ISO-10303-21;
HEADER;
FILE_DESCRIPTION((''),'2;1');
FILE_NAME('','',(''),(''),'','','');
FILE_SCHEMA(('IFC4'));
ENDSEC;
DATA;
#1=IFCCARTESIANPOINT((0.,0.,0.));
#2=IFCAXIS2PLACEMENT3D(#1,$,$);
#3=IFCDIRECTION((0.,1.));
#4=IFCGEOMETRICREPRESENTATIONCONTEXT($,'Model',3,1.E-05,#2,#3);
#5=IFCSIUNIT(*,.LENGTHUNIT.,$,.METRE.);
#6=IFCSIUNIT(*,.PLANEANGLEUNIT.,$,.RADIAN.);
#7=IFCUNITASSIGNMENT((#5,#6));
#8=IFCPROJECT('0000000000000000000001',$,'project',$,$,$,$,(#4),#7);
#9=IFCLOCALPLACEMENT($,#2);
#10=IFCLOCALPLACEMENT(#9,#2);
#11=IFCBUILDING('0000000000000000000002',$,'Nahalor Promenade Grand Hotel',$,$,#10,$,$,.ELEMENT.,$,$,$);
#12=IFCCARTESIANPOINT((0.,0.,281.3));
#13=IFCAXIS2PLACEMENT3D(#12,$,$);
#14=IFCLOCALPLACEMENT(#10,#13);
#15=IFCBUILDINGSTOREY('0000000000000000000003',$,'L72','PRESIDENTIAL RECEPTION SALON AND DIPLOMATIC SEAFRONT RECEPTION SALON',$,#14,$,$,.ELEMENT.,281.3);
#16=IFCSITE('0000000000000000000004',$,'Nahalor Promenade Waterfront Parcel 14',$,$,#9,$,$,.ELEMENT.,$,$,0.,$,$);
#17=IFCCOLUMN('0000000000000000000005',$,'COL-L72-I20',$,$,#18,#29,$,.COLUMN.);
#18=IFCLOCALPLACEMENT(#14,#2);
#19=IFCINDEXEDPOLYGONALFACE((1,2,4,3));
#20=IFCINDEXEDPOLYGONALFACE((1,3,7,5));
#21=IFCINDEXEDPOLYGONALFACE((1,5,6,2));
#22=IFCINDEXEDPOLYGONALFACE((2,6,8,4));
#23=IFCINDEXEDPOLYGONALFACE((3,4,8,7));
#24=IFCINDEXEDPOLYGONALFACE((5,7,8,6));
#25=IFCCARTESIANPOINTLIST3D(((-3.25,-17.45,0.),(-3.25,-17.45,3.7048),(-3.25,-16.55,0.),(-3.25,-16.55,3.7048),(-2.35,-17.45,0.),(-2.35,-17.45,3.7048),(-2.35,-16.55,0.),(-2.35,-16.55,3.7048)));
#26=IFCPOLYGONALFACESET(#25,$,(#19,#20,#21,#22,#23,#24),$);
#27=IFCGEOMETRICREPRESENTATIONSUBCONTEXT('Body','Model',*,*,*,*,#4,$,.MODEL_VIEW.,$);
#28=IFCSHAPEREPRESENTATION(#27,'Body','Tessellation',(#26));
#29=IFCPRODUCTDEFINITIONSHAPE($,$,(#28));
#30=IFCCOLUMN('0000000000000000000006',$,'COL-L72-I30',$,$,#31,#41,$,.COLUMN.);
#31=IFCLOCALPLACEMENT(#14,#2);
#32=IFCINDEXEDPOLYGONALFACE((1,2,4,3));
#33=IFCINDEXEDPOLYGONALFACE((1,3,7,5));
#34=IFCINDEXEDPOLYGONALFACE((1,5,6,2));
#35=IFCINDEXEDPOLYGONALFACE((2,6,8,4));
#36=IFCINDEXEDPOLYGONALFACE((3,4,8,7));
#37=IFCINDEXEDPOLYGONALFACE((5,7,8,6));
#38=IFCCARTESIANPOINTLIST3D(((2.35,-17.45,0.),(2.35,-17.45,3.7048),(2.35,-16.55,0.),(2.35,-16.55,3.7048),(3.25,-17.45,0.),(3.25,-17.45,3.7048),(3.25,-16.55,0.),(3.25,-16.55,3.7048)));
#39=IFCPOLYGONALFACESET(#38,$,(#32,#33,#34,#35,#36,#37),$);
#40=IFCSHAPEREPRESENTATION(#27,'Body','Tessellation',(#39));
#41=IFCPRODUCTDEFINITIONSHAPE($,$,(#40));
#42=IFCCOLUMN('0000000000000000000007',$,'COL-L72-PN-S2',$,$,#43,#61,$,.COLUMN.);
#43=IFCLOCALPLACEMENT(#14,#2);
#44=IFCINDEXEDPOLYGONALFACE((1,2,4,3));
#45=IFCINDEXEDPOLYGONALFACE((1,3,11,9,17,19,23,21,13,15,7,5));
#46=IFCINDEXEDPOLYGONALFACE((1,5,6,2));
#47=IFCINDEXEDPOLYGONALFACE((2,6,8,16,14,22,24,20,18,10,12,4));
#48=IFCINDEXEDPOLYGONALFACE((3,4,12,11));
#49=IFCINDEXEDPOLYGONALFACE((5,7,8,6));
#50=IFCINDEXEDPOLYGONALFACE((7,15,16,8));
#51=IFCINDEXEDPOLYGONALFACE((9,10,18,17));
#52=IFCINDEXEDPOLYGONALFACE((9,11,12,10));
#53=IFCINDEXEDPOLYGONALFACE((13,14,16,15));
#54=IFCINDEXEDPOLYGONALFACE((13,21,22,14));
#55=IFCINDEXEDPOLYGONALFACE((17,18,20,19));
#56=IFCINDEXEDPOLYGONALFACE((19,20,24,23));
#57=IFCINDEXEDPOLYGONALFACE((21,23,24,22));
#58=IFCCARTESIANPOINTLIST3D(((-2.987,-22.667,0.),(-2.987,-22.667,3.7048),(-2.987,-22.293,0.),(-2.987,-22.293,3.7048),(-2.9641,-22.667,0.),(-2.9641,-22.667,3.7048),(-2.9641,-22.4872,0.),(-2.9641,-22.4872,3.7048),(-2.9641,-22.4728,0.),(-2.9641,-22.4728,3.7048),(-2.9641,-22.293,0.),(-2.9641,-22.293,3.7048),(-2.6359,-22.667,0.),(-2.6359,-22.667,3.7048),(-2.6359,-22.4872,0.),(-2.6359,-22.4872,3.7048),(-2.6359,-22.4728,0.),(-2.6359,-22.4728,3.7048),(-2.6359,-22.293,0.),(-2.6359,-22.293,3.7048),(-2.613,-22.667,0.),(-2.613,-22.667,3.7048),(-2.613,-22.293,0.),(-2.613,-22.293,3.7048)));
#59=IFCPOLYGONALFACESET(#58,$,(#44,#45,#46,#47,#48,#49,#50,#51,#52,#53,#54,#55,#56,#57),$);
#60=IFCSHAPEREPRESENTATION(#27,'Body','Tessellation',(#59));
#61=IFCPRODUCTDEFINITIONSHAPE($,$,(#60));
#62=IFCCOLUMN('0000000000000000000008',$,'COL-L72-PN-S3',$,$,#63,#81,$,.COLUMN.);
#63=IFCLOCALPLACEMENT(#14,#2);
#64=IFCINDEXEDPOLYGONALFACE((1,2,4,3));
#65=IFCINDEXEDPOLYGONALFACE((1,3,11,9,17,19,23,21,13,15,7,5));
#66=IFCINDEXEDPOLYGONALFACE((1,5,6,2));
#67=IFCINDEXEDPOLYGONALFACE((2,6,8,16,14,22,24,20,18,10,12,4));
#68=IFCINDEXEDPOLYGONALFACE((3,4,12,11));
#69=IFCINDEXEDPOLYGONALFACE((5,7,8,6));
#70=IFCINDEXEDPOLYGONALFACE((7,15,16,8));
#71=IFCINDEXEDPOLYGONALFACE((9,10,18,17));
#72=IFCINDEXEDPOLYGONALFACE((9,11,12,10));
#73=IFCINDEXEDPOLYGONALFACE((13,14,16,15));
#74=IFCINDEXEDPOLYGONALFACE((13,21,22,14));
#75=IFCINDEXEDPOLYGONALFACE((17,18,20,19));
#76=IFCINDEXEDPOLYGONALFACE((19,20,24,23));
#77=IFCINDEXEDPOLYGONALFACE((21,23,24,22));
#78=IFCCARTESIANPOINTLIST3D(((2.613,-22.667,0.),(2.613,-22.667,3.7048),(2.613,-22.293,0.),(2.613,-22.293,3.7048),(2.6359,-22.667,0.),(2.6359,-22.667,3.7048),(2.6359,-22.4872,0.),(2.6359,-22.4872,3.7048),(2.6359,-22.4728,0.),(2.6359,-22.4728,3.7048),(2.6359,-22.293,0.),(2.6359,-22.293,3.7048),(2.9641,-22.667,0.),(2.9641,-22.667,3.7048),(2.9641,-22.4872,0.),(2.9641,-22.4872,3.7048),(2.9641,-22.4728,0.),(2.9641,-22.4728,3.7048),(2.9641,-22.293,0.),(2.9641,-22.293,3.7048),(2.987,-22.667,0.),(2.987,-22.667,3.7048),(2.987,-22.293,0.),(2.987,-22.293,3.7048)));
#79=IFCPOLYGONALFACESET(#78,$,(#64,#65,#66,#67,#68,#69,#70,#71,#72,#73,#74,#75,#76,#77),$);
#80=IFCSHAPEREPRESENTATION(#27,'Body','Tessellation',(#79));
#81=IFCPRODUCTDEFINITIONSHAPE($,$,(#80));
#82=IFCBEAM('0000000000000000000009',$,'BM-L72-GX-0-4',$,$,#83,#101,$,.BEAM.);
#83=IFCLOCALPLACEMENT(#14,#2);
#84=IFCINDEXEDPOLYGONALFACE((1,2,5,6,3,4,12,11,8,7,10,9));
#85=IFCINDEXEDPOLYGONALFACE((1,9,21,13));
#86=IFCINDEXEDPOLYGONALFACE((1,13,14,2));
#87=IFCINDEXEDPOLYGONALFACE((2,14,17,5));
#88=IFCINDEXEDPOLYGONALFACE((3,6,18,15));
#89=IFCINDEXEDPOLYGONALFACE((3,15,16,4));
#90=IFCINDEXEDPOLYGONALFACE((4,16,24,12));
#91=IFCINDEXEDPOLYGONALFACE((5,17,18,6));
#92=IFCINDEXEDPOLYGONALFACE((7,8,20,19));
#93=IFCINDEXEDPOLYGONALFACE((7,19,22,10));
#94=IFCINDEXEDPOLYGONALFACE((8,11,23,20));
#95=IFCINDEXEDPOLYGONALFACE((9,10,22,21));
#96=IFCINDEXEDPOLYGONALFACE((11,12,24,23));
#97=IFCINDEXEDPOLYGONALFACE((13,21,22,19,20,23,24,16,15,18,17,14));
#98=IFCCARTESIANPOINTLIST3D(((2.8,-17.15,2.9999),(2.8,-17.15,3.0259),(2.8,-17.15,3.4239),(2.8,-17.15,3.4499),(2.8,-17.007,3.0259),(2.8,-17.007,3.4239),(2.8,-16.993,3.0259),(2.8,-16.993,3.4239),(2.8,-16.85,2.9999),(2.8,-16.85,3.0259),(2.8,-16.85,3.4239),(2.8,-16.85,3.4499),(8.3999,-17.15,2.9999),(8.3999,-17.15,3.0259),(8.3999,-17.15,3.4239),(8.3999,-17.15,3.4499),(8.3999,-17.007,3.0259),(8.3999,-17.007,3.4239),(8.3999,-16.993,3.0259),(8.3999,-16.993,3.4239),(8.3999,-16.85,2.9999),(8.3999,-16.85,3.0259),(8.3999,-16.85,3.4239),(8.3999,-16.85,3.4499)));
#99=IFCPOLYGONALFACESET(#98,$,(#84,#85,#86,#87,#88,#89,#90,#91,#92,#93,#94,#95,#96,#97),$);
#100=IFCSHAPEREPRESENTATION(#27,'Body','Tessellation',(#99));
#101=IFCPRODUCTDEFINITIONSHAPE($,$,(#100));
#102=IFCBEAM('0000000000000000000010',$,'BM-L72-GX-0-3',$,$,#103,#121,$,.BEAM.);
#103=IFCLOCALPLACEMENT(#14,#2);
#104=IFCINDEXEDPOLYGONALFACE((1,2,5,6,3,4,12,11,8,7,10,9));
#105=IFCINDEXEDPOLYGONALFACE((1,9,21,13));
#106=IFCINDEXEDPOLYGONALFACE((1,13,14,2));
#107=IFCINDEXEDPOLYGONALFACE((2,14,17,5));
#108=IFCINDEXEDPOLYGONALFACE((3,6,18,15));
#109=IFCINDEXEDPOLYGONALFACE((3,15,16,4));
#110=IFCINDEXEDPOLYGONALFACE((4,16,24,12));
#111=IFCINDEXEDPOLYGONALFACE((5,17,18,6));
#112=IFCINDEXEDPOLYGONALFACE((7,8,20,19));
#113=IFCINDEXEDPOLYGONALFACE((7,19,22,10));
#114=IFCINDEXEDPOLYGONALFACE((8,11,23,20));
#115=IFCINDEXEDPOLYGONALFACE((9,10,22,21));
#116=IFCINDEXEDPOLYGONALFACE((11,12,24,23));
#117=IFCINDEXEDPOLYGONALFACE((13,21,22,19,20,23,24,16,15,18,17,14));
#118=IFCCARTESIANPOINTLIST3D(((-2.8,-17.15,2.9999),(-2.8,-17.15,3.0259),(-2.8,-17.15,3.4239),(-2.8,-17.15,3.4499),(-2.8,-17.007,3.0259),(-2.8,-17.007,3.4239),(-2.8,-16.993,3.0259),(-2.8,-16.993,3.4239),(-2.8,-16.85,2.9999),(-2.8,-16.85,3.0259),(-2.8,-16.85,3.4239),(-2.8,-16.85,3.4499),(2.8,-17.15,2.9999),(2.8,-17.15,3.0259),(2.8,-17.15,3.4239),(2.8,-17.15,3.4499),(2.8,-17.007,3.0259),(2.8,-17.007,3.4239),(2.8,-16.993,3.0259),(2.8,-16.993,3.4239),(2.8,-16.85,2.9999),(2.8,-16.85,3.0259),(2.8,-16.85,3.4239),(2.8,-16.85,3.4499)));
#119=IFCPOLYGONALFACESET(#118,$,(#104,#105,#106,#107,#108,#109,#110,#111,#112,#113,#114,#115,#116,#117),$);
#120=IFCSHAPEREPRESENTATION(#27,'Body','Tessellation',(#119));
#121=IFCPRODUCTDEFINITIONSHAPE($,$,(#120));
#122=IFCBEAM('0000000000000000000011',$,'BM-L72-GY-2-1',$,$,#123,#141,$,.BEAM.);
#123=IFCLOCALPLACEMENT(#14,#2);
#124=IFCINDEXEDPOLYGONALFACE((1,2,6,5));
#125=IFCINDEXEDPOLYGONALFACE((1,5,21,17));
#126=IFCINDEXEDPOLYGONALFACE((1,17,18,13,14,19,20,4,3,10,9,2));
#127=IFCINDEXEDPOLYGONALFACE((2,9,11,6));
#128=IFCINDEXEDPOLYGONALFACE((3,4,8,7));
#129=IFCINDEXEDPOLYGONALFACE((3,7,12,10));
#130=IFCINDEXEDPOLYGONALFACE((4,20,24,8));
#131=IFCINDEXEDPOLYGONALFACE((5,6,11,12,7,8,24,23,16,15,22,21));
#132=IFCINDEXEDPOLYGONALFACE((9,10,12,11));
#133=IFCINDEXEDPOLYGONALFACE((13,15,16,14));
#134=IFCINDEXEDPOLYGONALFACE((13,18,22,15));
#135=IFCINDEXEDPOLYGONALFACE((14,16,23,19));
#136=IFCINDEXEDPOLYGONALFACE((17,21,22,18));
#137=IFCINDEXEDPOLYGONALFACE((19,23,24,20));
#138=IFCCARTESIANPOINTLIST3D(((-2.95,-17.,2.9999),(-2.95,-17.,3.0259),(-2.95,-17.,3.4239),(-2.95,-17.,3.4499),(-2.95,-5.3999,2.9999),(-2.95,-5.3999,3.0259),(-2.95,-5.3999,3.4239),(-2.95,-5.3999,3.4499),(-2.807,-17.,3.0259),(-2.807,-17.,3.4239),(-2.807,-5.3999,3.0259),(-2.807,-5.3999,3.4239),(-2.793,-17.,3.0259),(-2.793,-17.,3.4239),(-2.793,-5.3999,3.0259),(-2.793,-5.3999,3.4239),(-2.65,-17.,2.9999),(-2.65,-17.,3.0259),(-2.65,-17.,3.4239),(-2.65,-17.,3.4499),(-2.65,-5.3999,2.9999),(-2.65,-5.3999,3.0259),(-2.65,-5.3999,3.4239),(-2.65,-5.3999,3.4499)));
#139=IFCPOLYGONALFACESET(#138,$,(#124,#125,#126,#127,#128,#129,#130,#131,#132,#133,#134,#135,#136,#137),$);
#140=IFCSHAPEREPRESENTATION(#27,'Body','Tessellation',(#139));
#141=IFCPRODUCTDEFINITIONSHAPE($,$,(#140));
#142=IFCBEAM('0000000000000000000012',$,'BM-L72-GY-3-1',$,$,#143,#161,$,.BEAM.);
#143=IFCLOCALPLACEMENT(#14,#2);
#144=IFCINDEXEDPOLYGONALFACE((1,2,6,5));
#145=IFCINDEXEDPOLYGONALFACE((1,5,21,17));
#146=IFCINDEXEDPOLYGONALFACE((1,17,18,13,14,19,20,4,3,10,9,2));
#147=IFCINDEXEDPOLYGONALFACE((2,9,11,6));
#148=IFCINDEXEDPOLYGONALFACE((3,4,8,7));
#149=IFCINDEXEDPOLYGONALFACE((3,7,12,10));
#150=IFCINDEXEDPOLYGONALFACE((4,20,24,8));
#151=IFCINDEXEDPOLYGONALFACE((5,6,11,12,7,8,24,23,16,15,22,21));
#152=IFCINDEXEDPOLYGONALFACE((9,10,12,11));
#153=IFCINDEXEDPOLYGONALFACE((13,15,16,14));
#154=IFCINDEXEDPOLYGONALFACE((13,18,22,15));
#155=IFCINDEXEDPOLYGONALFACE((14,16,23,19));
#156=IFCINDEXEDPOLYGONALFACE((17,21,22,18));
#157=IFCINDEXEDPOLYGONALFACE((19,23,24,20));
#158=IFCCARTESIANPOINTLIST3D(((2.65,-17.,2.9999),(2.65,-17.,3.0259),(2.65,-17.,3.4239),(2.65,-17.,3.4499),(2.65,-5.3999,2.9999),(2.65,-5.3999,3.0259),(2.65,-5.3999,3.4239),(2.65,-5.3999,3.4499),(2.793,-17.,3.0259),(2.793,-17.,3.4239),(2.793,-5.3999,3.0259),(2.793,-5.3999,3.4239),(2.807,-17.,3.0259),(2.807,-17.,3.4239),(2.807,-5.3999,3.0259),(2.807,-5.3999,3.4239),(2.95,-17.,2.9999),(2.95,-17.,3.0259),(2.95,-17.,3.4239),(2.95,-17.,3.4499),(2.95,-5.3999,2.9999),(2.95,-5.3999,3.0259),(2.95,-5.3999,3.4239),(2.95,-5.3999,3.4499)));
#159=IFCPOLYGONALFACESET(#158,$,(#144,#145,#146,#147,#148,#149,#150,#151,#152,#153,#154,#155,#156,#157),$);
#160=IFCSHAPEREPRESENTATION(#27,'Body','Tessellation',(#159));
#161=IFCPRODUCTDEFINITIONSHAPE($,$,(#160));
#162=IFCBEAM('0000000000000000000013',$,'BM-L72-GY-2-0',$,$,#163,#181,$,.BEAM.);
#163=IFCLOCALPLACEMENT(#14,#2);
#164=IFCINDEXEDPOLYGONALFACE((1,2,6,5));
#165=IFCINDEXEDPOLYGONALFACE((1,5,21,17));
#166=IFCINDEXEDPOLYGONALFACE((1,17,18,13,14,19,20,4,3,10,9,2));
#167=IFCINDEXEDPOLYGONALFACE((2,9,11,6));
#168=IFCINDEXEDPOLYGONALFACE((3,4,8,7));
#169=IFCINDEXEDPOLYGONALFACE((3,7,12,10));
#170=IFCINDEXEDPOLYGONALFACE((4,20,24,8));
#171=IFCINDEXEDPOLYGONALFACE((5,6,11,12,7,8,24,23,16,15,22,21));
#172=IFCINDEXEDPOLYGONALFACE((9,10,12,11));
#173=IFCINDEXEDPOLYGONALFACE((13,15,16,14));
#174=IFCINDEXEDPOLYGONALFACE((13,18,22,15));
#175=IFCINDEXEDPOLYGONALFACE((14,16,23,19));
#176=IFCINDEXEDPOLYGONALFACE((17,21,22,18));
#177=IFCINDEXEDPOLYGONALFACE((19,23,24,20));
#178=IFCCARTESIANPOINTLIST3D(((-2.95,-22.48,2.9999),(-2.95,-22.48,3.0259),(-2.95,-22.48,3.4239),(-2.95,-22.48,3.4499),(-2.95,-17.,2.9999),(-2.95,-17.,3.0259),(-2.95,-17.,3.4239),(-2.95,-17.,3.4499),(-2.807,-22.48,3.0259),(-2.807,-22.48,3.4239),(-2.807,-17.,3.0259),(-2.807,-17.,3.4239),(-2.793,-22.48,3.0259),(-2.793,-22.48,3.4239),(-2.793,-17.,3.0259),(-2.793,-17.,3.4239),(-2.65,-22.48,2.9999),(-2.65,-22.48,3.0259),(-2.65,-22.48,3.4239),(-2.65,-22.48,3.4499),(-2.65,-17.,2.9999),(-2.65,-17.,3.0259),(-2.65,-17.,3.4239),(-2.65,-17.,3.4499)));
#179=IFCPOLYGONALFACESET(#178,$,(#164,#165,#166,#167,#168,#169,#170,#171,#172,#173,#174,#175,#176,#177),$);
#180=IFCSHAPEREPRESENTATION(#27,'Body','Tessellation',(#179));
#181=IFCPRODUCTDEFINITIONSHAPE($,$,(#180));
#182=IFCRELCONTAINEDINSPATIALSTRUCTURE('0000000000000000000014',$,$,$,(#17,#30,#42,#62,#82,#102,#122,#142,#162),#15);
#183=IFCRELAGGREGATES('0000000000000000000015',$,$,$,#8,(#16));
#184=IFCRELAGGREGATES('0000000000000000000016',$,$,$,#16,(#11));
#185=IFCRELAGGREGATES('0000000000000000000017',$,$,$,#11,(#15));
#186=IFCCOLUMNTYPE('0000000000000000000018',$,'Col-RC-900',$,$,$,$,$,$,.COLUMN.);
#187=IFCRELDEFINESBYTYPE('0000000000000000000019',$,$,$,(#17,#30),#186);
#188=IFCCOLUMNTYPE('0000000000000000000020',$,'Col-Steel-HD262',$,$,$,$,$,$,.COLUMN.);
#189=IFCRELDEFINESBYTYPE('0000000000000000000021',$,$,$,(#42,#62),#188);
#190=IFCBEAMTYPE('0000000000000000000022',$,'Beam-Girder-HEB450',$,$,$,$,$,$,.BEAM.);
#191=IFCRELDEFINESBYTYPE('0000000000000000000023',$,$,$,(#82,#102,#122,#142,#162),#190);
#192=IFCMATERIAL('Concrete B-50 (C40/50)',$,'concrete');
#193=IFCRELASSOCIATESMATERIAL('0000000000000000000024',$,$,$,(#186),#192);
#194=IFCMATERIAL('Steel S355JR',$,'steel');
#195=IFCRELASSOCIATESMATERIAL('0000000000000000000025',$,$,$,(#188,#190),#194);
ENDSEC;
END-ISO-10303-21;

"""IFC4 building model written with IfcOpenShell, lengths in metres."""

from ifc_helpers import new_model, si_unit, direction, frame, origin, origin_2d, place, context, subcontext, project, spatial, rectangle, i_section, extrude, source, transform, mapped, material, material_profile, profile_set, type_object, element, save


model = new_model("IFC4")

# Units and contexts
model_context = context("Model", 3, precision=1e-05, world=origin(), true_north=direction((0.0, 1.0)))
body_context = subcontext(model_context, "Body", "Model", "MODEL_VIEW")
ifc_project = project(units=[si_unit("LENGTHUNIT", "METRE"), si_unit("PLANEANGLEUNIT", "RADIAN")], contexts=[model_context])

# Site, building, storey
site_placement = place(None, origin())
site = spatial("IfcSite", under=ifc_project, at=site_placement, Name="Nahalor Promenade Waterfront Parcel 14", CompositionType="ELEMENT", RefElevation=0.0)
building_placement = place(site_placement, origin())
building = spatial("IfcBuilding", under=site, at=building_placement, Name="Nahalor Promenade Grand Hotel", CompositionType="ELEMENT")
storey_placement = place(building_placement, frame((0.0, 0.0, 281.3)))
storey = spatial("IfcBuildingStorey", under=building, at=storey_placement, Name="L72", Description="PRESIDENTIAL RECEPTION SALON AND DIPLOMATIC SEAFRONT RECEPTION SALON", CompositionType="ELEMENT", Elevation=281.3)

# Columns
ifc_material_1 = material(Name="Concrete B-50 (C40/50)", Category="concrete")
ifc_material_profile_1 = material_profile(ifc_material_1, rectangle(XDim=0.9, YDim=0.9, at=origin_2d()), Name="RC 900x900")
ifc_profile_set_1 = profile_set([ifc_material_profile_1], Name="Concrete B-50 (C40/50)")
column_type_1 = type_object("IfcColumnType", Name="Col-RC-900", PredefinedType="COLUMN", material=ifc_profile_set_1)
shared_shape_1 = source(origin(), body_context, "Body", "SweptSolid", [
    extrude(rectangle(XDim=0.9, YDim=0.9, at=origin_2d()), origin(), (0.0, 0.0, 1.0), 3.7048),
])
for number, where, z_axis, x_axis, name in (
    (1, (-2.8, -17.0, 0.0), (0.0, 0.0, 1.0), (1.0, 0.0, 0.0), "COL-L72-I20"),
    (2, (2.8, -17.0, 0.0), (0.0, 0.0, 1.0), (1.0, 0.0, 0.0), "COL-L72-I30"),
):
    element("IfcColumn", number, at=place(storey_placement, frame(where, z_axis=z_axis, x_axis=x_axis)), inside=storey, type_object=column_type_1, Name=name, PredefinedType="COLUMN", context=body_context, shape_type="MappedRepresentation", body=[
        mapped(shared_shape_1, transform((0.0, 0.0, 0.0), scale=1.0)),
    ])
ifc_material_2 = material(Name="Steel S355JR", Category="steel")
ifc_material_profile_2 = material_profile(ifc_material_2, i_section(OverallWidth=0.374, OverallDepth=0.374, WebThickness=0.0144, FlangeThickness=0.0229, at=origin_2d()), Name="HD 360x262")
ifc_profile_set_2 = profile_set([ifc_material_profile_2], Name="Steel S355JR")
column_type_2 = type_object("IfcColumnType", Name="Col-Steel-HD262", PredefinedType="COLUMN", material=ifc_profile_set_2)
shared_shape_2 = source(origin(), body_context, "Body", "SweptSolid", [
    extrude(i_section(OverallWidth=0.374, OverallDepth=0.374, WebThickness=0.0144, FlangeThickness=0.0229, at=origin_2d()), origin(), (0.0, 0.0, 1.0), 3.7048),
])
for number, where, z_axis, x_axis, name in (
    (3, (-2.8, -22.48, 0.0), (0.0, 0.0, 1.0), (0.0, 1.0, 0.0), "COL-L72-PN-S2"),
    (4, (2.8, -22.48, 0.0), (0.0, 0.0, 1.0), (0.0, 1.0, 0.0), "COL-L72-PN-S3"),
):
    element("IfcColumn", number, at=place(storey_placement, frame(where, z_axis=z_axis, x_axis=x_axis)), inside=storey, type_object=column_type_2, Name=name, PredefinedType="COLUMN", context=body_context, shape_type="MappedRepresentation", body=[
        mapped(shared_shape_2, transform((0.0, 0.0, 0.0), scale=1.0)),
    ])

# Beams
ifc_material_profile_3 = material_profile(ifc_material_2, i_section(OverallWidth=0.3, OverallDepth=0.45, WebThickness=0.014, FlangeThickness=0.026, at=origin_2d()), Name="HEB 450")
ifc_profile_set_3 = profile_set([ifc_material_profile_3], Name="Steel S355JR")
beam_type_1 = type_object("IfcBeamType", Name="Beam-Girder-HEB450", PredefinedType="BEAM", material=ifc_profile_set_3)
shared_shape_3 = source(origin(), body_context, "Body", "SweptSolid", [
    extrude(i_section(OverallWidth=0.3, OverallDepth=0.45, WebThickness=0.014, FlangeThickness=0.026, at=origin_2d()), origin(), (0.0, 0.0, 1.0), 5.5999),
])
beam_1_placement = place(storey_placement, frame((2.8, -17.0, 3.2249), z_axis=(1.0, 0.0, 0.0), x_axis=(0.0, 1.0, 0.0)))
element("IfcBeam", 5, at=beam_1_placement, inside=storey, type_object=beam_type_1, Name="BM-L72-GX-0-4", PredefinedType="BEAM", context=body_context, shape_type="MappedRepresentation", body=[
    mapped(shared_shape_3, transform((0.0, 0.0, 0.0), scale=1.0)),
])
shared_shape_4 = source(origin(), body_context, "Body", "SweptSolid", [
    extrude(i_section(OverallWidth=0.3, OverallDepth=0.45, WebThickness=0.014, FlangeThickness=0.026, at=origin_2d()), origin(), (0.0, 0.0, 1.0), 5.6001),
])
beam_2_placement = place(storey_placement, frame((-2.8, -17.0, 3.2249), z_axis=(1.0, 0.0, 0.0), x_axis=(0.0, 1.0, 0.0)))
element("IfcBeam", 6, at=beam_2_placement, inside=storey, type_object=beam_type_1, Name="BM-L72-GX-0-3", PredefinedType="BEAM", context=body_context, shape_type="MappedRepresentation", body=[
    mapped(shared_shape_4, transform((0.0, 0.0, 0.0), scale=1.0)),
])
shared_shape_5 = source(origin(), body_context, "Body", "SweptSolid", [
    extrude(i_section(OverallWidth=0.3, OverallDepth=0.45, WebThickness=0.014, FlangeThickness=0.026, at=origin_2d()), origin(), (0.0, 0.0, 1.0), 11.6001),
])
for number, where, z_axis, x_axis, name in (
    (7, (-2.8, -17.0, 3.2249), (0.0, 1.0, 0.0), (-1.0, 0.0, 0.0), "BM-L72-GY-2-1"),
    (8, (2.8, -17.0, 3.2249), (0.0, 1.0, 0.0), (-1.0, 0.0, 0.0), "BM-L72-GY-3-1"),
):
    element("IfcBeam", number, at=place(storey_placement, frame(where, z_axis=z_axis, x_axis=x_axis)), inside=storey, type_object=beam_type_1, Name=name, PredefinedType="BEAM", context=body_context, shape_type="MappedRepresentation", body=[
        mapped(shared_shape_5, transform((0.0, 0.0, 0.0), scale=1.0)),
    ])
shared_shape_6 = source(origin(), body_context, "Body", "SweptSolid", [
    extrude(i_section(OverallWidth=0.3, OverallDepth=0.45, WebThickness=0.014, FlangeThickness=0.026, at=origin_2d()), origin(), (0.0, 0.0, 1.0), 5.48),
])
for number, where, z_axis, x_axis, name in (
    (9, (-2.8, -22.48, 3.2249), (0.0, 1.0, 0.0), (-1.0, 0.0, 0.0), "BM-L72-GY-2-0"),
):
    element("IfcBeam", number, at=place(storey_placement, frame(where, z_axis=z_axis, x_axis=x_axis)), inside=storey, type_object=beam_type_1, Name=name, PredefinedType="BEAM", context=body_context, shape_type="MappedRepresentation", body=[
        mapped(shared_shape_6, transform((0.0, 0.0, 0.0), scale=1.0)),
    ])

save(model, "model.ifc")
